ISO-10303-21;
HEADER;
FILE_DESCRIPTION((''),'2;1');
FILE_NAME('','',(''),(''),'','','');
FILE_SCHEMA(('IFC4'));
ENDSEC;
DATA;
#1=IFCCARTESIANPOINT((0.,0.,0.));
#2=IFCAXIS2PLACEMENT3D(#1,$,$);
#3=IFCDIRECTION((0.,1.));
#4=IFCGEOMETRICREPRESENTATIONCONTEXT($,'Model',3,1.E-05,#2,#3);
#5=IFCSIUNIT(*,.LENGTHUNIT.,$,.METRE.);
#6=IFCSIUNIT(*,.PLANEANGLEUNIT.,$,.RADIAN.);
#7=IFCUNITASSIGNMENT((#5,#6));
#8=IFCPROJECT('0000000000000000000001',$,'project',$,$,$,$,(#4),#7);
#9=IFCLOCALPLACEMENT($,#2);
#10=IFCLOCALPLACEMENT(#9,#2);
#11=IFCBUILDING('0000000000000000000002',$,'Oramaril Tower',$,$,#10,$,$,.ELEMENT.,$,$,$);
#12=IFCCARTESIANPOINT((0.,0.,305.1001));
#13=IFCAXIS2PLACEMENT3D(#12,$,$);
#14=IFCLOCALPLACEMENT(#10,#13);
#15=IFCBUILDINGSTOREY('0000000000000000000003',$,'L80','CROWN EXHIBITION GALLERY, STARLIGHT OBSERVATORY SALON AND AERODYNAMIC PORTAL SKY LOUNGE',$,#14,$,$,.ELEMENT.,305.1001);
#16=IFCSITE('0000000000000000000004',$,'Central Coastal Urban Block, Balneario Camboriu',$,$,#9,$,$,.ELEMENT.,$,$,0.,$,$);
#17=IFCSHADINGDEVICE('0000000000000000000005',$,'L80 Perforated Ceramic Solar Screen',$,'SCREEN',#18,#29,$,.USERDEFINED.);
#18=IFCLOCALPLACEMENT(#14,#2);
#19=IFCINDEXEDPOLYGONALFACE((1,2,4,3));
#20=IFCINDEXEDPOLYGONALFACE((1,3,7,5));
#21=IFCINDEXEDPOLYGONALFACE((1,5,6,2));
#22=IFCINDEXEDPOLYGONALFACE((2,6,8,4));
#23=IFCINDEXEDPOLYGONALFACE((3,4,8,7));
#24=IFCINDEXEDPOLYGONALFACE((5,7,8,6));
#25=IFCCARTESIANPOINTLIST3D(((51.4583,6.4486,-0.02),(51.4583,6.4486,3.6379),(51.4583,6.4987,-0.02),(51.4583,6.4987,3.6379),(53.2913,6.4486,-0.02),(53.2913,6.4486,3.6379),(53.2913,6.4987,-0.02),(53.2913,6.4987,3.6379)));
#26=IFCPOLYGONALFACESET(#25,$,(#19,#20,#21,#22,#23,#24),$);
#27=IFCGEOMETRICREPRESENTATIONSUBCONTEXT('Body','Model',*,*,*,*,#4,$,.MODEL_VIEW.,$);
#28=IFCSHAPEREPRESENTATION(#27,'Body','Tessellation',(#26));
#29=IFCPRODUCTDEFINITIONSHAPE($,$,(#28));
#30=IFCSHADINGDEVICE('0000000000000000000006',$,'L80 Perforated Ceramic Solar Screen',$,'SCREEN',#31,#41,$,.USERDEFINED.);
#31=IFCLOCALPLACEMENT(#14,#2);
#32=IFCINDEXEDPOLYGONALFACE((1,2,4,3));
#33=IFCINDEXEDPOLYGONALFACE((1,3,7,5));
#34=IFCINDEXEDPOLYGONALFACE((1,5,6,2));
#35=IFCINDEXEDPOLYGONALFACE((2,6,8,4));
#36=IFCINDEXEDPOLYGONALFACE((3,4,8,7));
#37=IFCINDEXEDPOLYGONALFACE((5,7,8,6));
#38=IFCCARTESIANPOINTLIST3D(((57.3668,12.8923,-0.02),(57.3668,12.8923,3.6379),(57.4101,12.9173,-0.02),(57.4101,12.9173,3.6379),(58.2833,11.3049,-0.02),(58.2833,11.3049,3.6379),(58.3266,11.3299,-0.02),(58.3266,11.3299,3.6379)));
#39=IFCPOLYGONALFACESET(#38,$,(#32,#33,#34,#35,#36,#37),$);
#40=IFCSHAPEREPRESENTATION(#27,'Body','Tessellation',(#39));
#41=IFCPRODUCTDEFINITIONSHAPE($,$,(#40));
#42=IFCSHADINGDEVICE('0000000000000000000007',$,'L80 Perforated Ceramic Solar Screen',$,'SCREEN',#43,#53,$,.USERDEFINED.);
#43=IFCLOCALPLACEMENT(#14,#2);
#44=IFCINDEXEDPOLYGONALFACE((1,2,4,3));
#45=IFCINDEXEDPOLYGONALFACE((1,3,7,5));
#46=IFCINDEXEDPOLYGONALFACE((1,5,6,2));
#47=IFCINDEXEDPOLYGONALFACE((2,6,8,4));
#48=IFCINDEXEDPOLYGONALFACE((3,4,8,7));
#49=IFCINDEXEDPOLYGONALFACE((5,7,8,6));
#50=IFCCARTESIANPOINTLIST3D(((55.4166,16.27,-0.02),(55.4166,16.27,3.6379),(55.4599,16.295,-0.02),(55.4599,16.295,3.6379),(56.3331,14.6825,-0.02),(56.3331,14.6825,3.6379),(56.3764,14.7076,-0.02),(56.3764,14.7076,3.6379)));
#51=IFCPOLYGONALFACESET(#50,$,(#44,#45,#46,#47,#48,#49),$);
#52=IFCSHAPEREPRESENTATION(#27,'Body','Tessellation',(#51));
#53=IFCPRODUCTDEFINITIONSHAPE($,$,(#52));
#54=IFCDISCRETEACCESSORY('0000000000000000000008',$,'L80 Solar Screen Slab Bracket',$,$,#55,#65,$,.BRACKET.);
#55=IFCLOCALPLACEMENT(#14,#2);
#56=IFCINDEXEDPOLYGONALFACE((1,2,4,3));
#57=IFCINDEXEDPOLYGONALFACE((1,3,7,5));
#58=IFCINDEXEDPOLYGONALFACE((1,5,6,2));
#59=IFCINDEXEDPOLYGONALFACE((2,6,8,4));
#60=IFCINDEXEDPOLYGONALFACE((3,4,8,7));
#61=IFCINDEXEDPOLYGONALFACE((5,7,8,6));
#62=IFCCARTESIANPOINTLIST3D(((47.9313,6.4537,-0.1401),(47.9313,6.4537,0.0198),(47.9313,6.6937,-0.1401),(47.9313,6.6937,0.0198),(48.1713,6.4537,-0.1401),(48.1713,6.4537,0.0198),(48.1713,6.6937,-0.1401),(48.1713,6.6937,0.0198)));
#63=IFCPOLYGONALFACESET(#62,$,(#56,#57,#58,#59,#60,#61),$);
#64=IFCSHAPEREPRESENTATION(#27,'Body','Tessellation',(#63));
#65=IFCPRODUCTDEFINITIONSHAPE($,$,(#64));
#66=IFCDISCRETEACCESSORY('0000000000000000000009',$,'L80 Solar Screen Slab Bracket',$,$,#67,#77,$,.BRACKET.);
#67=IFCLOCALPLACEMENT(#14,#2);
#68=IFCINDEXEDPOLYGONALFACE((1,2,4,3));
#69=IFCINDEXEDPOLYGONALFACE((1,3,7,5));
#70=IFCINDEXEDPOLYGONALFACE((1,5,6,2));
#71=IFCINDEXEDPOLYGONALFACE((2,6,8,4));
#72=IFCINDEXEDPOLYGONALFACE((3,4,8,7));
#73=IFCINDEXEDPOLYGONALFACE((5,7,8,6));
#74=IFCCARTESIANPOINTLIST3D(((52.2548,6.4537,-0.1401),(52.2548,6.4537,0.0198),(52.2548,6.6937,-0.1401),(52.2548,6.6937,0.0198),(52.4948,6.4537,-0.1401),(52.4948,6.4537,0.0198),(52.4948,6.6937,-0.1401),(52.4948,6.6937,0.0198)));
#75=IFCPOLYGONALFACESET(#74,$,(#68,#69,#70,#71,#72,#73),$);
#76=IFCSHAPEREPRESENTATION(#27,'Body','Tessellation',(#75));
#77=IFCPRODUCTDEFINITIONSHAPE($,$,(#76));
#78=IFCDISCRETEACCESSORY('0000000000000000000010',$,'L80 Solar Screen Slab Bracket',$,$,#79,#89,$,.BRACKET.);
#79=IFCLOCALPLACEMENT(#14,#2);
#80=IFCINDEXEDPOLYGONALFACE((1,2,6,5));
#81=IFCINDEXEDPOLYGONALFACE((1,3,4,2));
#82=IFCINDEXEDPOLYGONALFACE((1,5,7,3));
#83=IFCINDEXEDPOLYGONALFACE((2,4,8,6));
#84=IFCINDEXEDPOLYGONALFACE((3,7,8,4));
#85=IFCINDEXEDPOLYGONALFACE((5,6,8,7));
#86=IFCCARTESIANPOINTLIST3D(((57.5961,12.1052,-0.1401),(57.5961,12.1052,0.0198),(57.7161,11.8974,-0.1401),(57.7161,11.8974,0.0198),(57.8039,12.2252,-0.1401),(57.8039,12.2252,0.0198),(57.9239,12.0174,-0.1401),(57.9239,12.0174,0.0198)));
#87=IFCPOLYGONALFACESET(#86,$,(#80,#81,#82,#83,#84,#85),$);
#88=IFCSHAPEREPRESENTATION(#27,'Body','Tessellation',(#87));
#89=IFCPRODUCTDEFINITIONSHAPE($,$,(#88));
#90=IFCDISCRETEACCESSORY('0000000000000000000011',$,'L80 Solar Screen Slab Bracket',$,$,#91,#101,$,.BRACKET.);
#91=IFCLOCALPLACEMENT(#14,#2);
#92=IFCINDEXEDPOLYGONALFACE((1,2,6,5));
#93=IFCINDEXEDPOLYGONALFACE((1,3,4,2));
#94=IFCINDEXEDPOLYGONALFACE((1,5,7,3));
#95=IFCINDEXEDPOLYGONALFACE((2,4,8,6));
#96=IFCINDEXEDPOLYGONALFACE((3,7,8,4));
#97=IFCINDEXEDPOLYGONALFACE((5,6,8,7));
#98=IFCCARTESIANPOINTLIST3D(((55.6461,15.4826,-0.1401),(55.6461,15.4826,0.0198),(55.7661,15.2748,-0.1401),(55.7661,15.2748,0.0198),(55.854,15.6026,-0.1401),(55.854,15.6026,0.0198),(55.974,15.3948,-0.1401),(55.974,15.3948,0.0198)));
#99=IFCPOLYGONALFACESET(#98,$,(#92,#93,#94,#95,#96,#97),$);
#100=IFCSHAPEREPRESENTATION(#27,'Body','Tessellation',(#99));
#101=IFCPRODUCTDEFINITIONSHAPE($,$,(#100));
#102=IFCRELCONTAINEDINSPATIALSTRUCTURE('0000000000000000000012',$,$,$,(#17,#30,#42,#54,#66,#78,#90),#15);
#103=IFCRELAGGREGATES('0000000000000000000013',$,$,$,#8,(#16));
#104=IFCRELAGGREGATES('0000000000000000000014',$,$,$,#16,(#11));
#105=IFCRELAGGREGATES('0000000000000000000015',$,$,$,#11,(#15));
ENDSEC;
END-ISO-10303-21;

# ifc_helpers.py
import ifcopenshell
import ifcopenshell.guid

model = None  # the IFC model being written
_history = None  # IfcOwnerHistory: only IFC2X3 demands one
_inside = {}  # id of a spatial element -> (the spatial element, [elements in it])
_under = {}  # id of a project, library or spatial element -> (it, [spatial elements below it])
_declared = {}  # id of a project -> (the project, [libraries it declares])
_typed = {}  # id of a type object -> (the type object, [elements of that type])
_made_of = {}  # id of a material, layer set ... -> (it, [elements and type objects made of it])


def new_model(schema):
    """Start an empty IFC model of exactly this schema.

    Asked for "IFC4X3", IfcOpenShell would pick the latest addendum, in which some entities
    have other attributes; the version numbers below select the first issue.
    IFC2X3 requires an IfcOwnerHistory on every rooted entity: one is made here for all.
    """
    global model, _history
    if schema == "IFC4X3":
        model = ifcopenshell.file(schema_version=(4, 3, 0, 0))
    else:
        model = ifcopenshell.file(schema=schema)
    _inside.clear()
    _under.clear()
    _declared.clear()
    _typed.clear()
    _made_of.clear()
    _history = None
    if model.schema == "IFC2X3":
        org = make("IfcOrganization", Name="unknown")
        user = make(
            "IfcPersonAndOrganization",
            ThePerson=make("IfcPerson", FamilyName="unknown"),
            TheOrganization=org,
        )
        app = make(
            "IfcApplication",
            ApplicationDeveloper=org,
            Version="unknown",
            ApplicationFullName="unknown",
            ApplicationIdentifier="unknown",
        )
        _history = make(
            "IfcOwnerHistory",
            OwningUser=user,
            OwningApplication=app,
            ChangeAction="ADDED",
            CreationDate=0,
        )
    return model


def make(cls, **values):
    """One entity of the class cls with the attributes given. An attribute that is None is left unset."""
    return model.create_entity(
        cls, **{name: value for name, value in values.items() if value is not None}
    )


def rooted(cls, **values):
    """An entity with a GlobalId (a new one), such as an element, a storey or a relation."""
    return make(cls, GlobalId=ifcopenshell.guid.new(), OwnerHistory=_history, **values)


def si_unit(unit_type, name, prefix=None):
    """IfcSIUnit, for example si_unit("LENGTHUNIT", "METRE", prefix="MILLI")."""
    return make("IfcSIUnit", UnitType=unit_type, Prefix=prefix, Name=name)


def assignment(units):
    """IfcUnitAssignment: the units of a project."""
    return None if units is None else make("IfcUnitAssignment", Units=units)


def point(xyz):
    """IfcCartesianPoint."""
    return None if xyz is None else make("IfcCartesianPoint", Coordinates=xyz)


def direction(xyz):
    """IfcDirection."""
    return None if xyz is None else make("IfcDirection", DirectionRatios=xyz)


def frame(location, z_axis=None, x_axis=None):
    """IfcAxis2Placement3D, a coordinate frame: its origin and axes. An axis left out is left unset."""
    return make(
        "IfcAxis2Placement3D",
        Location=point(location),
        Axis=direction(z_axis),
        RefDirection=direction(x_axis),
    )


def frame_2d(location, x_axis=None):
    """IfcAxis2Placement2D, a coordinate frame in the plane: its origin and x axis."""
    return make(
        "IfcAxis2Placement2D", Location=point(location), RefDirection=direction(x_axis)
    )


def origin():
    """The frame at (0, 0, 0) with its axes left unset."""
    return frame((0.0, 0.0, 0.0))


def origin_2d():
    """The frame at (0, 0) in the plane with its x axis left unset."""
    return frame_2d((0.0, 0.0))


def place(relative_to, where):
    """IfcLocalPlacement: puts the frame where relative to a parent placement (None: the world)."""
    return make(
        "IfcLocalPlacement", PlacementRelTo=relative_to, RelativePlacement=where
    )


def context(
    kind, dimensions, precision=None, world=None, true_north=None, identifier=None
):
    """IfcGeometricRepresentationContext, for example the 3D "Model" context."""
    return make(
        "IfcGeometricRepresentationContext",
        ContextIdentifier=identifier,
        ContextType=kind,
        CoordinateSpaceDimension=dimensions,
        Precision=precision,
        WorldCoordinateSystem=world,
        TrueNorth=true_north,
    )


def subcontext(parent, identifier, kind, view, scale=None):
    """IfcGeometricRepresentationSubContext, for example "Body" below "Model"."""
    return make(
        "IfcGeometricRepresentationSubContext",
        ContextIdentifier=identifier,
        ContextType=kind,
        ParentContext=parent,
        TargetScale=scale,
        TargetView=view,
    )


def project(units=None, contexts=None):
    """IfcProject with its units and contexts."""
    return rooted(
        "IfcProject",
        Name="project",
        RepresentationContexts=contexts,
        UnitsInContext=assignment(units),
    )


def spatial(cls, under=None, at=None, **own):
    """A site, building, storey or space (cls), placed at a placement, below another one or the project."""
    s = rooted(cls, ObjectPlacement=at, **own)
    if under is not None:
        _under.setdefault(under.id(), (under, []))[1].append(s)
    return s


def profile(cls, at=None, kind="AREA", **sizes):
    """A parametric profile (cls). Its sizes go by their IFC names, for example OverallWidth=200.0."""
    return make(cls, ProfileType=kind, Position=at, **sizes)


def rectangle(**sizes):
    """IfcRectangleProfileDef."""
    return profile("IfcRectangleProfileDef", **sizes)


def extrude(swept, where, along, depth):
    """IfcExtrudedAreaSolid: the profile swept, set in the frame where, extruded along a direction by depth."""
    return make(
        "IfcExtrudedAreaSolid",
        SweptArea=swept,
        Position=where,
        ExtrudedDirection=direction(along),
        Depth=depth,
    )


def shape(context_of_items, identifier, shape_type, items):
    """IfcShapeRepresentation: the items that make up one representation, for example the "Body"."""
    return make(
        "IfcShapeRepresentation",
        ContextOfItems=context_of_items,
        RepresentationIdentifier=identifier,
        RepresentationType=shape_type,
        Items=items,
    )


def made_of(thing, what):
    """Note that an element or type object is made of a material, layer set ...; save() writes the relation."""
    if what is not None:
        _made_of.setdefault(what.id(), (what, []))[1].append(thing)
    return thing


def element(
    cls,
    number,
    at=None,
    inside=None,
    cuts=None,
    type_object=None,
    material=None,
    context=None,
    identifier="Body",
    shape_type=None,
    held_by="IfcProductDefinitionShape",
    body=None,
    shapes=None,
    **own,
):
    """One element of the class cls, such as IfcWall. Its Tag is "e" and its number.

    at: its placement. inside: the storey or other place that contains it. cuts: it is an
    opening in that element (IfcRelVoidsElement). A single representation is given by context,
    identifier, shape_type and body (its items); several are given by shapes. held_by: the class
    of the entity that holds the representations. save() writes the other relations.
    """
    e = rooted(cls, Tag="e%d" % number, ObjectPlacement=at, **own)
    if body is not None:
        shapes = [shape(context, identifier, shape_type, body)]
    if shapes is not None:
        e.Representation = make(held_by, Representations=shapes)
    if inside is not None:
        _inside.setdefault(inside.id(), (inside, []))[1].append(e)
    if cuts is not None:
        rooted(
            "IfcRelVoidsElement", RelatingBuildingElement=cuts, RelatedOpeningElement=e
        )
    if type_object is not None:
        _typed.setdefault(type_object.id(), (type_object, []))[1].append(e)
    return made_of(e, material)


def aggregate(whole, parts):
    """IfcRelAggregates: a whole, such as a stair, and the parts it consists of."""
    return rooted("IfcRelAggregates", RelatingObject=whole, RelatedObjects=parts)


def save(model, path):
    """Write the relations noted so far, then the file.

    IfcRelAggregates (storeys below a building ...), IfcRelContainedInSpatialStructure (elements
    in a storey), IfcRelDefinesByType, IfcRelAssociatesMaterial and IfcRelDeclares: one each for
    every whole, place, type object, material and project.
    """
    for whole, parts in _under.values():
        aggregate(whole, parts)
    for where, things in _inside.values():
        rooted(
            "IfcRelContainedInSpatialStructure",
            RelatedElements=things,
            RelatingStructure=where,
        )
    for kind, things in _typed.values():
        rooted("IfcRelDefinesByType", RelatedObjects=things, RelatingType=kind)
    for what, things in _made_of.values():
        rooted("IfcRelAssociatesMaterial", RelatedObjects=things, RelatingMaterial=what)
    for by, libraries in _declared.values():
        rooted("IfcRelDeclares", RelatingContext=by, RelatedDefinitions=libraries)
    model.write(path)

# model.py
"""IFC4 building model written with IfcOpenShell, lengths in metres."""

from ifc_helpers import new_model, si_unit, direction, frame, origin, origin_2d, place, context, subcontext, project, spatial, rectangle, extrude, element, save


model = new_model("IFC4")

# Units and contexts
model_context = context("Model", 3, precision=1e-05, world=origin(), true_north=direction((0.0, 1.0)))
body_context = subcontext(model_context, "Body", "Model", "MODEL_VIEW")
ifc_project = project(units=[si_unit("LENGTHUNIT", "METRE"), si_unit("PLANEANGLEUNIT", "RADIAN")], contexts=[model_context])

# Site, building, storey
site_placement = place(None, origin())
site = spatial("IfcSite", under=ifc_project, at=site_placement, Name="Central Coastal Urban Block, Balneario Camboriu", CompositionType="ELEMENT", RefElevation=0.0)
building_placement = place(site_placement, origin())
building = spatial("IfcBuilding", under=site, at=building_placement, Name="Oramaril Tower", CompositionType="ELEMENT")
storey_placement = place(building_placement, frame((0.0, 0.0, 305.1001)))
storey = spatial("IfcBuildingStorey", under=building, at=storey_placement, Name="L80", Description="CROWN EXHIBITION GALLERY, STARLIGHT OBSERVATORY SALON AND AERODYNAMIC PORTAL SKY LOUNGE", CompositionType="ELEMENT", Elevation=305.1001)

# Shading devices
for number, where, z_axis, x_axis, name in (
    (1, (52.3748, 6.4736, -0.02), (0.0, 0.0, 1.0), (1.0, 0.0, 0.0), "L80 Perforated Ceramic Solar Screen"),
    (2, (57.8467, 12.1111, -0.02), (0.0, 0.0, 1.0), (-0.5, 0.866025, 0.0), "L80 Perforated Ceramic Solar Screen"),
    (3, (55.8965, 15.4888, -0.02), (0.0, 0.0, 1.0), (-0.5, 0.866025, 0.0), "L80 Perforated Ceramic Solar Screen"),
):
    element("IfcShadingDevice", number, at=place(storey_placement, frame(where, z_axis=z_axis, x_axis=x_axis)), inside=storey, Name=name, ObjectType="SCREEN", PredefinedType="USERDEFINED", context=body_context, shape_type="SweptSolid", body=[
        extrude(rectangle(XDim=1.833, YDim=0.05, at=origin_2d()), origin(), (0.0, 0.0, 1.0), 3.658),
    ])

# Discrete accessories
for number, where, z_axis, x_axis, name in (
    (4, (48.0513, 6.5737, -0.1401), (0.0, 0.0, 1.0), (1.0, 0.0, 0.0), "L80 Solar Screen Slab Bracket"),
    (5, (52.3748, 6.5737, -0.1401), (0.0, 0.0, 1.0), (1.0, 0.0, 0.0), "L80 Solar Screen Slab Bracket"),
    (6, (57.76, 12.0613, -0.1401), (0.0, 0.0, 1.0), (-0.5, 0.866025, 0.0), "L80 Solar Screen Slab Bracket"),
    (7, (55.8101, 15.4387, -0.1401), (0.0, 0.0, 1.0), (-0.5, 0.866025, 0.0), "L80 Solar Screen Slab Bracket"),
):
    element("IfcDiscreteAccessory", number, at=place(storey_placement, frame(where, z_axis=z_axis, x_axis=x_axis)), inside=storey, Name=name, PredefinedType="BRACKET", context=body_context, shape_type="SweptSolid", body=[
        extrude(rectangle(XDim=0.24, YDim=0.24, at=origin_2d()), origin(), (0.0, 0.0, 1.0), 0.1599),
    ])

save(model, "model.ifc")
